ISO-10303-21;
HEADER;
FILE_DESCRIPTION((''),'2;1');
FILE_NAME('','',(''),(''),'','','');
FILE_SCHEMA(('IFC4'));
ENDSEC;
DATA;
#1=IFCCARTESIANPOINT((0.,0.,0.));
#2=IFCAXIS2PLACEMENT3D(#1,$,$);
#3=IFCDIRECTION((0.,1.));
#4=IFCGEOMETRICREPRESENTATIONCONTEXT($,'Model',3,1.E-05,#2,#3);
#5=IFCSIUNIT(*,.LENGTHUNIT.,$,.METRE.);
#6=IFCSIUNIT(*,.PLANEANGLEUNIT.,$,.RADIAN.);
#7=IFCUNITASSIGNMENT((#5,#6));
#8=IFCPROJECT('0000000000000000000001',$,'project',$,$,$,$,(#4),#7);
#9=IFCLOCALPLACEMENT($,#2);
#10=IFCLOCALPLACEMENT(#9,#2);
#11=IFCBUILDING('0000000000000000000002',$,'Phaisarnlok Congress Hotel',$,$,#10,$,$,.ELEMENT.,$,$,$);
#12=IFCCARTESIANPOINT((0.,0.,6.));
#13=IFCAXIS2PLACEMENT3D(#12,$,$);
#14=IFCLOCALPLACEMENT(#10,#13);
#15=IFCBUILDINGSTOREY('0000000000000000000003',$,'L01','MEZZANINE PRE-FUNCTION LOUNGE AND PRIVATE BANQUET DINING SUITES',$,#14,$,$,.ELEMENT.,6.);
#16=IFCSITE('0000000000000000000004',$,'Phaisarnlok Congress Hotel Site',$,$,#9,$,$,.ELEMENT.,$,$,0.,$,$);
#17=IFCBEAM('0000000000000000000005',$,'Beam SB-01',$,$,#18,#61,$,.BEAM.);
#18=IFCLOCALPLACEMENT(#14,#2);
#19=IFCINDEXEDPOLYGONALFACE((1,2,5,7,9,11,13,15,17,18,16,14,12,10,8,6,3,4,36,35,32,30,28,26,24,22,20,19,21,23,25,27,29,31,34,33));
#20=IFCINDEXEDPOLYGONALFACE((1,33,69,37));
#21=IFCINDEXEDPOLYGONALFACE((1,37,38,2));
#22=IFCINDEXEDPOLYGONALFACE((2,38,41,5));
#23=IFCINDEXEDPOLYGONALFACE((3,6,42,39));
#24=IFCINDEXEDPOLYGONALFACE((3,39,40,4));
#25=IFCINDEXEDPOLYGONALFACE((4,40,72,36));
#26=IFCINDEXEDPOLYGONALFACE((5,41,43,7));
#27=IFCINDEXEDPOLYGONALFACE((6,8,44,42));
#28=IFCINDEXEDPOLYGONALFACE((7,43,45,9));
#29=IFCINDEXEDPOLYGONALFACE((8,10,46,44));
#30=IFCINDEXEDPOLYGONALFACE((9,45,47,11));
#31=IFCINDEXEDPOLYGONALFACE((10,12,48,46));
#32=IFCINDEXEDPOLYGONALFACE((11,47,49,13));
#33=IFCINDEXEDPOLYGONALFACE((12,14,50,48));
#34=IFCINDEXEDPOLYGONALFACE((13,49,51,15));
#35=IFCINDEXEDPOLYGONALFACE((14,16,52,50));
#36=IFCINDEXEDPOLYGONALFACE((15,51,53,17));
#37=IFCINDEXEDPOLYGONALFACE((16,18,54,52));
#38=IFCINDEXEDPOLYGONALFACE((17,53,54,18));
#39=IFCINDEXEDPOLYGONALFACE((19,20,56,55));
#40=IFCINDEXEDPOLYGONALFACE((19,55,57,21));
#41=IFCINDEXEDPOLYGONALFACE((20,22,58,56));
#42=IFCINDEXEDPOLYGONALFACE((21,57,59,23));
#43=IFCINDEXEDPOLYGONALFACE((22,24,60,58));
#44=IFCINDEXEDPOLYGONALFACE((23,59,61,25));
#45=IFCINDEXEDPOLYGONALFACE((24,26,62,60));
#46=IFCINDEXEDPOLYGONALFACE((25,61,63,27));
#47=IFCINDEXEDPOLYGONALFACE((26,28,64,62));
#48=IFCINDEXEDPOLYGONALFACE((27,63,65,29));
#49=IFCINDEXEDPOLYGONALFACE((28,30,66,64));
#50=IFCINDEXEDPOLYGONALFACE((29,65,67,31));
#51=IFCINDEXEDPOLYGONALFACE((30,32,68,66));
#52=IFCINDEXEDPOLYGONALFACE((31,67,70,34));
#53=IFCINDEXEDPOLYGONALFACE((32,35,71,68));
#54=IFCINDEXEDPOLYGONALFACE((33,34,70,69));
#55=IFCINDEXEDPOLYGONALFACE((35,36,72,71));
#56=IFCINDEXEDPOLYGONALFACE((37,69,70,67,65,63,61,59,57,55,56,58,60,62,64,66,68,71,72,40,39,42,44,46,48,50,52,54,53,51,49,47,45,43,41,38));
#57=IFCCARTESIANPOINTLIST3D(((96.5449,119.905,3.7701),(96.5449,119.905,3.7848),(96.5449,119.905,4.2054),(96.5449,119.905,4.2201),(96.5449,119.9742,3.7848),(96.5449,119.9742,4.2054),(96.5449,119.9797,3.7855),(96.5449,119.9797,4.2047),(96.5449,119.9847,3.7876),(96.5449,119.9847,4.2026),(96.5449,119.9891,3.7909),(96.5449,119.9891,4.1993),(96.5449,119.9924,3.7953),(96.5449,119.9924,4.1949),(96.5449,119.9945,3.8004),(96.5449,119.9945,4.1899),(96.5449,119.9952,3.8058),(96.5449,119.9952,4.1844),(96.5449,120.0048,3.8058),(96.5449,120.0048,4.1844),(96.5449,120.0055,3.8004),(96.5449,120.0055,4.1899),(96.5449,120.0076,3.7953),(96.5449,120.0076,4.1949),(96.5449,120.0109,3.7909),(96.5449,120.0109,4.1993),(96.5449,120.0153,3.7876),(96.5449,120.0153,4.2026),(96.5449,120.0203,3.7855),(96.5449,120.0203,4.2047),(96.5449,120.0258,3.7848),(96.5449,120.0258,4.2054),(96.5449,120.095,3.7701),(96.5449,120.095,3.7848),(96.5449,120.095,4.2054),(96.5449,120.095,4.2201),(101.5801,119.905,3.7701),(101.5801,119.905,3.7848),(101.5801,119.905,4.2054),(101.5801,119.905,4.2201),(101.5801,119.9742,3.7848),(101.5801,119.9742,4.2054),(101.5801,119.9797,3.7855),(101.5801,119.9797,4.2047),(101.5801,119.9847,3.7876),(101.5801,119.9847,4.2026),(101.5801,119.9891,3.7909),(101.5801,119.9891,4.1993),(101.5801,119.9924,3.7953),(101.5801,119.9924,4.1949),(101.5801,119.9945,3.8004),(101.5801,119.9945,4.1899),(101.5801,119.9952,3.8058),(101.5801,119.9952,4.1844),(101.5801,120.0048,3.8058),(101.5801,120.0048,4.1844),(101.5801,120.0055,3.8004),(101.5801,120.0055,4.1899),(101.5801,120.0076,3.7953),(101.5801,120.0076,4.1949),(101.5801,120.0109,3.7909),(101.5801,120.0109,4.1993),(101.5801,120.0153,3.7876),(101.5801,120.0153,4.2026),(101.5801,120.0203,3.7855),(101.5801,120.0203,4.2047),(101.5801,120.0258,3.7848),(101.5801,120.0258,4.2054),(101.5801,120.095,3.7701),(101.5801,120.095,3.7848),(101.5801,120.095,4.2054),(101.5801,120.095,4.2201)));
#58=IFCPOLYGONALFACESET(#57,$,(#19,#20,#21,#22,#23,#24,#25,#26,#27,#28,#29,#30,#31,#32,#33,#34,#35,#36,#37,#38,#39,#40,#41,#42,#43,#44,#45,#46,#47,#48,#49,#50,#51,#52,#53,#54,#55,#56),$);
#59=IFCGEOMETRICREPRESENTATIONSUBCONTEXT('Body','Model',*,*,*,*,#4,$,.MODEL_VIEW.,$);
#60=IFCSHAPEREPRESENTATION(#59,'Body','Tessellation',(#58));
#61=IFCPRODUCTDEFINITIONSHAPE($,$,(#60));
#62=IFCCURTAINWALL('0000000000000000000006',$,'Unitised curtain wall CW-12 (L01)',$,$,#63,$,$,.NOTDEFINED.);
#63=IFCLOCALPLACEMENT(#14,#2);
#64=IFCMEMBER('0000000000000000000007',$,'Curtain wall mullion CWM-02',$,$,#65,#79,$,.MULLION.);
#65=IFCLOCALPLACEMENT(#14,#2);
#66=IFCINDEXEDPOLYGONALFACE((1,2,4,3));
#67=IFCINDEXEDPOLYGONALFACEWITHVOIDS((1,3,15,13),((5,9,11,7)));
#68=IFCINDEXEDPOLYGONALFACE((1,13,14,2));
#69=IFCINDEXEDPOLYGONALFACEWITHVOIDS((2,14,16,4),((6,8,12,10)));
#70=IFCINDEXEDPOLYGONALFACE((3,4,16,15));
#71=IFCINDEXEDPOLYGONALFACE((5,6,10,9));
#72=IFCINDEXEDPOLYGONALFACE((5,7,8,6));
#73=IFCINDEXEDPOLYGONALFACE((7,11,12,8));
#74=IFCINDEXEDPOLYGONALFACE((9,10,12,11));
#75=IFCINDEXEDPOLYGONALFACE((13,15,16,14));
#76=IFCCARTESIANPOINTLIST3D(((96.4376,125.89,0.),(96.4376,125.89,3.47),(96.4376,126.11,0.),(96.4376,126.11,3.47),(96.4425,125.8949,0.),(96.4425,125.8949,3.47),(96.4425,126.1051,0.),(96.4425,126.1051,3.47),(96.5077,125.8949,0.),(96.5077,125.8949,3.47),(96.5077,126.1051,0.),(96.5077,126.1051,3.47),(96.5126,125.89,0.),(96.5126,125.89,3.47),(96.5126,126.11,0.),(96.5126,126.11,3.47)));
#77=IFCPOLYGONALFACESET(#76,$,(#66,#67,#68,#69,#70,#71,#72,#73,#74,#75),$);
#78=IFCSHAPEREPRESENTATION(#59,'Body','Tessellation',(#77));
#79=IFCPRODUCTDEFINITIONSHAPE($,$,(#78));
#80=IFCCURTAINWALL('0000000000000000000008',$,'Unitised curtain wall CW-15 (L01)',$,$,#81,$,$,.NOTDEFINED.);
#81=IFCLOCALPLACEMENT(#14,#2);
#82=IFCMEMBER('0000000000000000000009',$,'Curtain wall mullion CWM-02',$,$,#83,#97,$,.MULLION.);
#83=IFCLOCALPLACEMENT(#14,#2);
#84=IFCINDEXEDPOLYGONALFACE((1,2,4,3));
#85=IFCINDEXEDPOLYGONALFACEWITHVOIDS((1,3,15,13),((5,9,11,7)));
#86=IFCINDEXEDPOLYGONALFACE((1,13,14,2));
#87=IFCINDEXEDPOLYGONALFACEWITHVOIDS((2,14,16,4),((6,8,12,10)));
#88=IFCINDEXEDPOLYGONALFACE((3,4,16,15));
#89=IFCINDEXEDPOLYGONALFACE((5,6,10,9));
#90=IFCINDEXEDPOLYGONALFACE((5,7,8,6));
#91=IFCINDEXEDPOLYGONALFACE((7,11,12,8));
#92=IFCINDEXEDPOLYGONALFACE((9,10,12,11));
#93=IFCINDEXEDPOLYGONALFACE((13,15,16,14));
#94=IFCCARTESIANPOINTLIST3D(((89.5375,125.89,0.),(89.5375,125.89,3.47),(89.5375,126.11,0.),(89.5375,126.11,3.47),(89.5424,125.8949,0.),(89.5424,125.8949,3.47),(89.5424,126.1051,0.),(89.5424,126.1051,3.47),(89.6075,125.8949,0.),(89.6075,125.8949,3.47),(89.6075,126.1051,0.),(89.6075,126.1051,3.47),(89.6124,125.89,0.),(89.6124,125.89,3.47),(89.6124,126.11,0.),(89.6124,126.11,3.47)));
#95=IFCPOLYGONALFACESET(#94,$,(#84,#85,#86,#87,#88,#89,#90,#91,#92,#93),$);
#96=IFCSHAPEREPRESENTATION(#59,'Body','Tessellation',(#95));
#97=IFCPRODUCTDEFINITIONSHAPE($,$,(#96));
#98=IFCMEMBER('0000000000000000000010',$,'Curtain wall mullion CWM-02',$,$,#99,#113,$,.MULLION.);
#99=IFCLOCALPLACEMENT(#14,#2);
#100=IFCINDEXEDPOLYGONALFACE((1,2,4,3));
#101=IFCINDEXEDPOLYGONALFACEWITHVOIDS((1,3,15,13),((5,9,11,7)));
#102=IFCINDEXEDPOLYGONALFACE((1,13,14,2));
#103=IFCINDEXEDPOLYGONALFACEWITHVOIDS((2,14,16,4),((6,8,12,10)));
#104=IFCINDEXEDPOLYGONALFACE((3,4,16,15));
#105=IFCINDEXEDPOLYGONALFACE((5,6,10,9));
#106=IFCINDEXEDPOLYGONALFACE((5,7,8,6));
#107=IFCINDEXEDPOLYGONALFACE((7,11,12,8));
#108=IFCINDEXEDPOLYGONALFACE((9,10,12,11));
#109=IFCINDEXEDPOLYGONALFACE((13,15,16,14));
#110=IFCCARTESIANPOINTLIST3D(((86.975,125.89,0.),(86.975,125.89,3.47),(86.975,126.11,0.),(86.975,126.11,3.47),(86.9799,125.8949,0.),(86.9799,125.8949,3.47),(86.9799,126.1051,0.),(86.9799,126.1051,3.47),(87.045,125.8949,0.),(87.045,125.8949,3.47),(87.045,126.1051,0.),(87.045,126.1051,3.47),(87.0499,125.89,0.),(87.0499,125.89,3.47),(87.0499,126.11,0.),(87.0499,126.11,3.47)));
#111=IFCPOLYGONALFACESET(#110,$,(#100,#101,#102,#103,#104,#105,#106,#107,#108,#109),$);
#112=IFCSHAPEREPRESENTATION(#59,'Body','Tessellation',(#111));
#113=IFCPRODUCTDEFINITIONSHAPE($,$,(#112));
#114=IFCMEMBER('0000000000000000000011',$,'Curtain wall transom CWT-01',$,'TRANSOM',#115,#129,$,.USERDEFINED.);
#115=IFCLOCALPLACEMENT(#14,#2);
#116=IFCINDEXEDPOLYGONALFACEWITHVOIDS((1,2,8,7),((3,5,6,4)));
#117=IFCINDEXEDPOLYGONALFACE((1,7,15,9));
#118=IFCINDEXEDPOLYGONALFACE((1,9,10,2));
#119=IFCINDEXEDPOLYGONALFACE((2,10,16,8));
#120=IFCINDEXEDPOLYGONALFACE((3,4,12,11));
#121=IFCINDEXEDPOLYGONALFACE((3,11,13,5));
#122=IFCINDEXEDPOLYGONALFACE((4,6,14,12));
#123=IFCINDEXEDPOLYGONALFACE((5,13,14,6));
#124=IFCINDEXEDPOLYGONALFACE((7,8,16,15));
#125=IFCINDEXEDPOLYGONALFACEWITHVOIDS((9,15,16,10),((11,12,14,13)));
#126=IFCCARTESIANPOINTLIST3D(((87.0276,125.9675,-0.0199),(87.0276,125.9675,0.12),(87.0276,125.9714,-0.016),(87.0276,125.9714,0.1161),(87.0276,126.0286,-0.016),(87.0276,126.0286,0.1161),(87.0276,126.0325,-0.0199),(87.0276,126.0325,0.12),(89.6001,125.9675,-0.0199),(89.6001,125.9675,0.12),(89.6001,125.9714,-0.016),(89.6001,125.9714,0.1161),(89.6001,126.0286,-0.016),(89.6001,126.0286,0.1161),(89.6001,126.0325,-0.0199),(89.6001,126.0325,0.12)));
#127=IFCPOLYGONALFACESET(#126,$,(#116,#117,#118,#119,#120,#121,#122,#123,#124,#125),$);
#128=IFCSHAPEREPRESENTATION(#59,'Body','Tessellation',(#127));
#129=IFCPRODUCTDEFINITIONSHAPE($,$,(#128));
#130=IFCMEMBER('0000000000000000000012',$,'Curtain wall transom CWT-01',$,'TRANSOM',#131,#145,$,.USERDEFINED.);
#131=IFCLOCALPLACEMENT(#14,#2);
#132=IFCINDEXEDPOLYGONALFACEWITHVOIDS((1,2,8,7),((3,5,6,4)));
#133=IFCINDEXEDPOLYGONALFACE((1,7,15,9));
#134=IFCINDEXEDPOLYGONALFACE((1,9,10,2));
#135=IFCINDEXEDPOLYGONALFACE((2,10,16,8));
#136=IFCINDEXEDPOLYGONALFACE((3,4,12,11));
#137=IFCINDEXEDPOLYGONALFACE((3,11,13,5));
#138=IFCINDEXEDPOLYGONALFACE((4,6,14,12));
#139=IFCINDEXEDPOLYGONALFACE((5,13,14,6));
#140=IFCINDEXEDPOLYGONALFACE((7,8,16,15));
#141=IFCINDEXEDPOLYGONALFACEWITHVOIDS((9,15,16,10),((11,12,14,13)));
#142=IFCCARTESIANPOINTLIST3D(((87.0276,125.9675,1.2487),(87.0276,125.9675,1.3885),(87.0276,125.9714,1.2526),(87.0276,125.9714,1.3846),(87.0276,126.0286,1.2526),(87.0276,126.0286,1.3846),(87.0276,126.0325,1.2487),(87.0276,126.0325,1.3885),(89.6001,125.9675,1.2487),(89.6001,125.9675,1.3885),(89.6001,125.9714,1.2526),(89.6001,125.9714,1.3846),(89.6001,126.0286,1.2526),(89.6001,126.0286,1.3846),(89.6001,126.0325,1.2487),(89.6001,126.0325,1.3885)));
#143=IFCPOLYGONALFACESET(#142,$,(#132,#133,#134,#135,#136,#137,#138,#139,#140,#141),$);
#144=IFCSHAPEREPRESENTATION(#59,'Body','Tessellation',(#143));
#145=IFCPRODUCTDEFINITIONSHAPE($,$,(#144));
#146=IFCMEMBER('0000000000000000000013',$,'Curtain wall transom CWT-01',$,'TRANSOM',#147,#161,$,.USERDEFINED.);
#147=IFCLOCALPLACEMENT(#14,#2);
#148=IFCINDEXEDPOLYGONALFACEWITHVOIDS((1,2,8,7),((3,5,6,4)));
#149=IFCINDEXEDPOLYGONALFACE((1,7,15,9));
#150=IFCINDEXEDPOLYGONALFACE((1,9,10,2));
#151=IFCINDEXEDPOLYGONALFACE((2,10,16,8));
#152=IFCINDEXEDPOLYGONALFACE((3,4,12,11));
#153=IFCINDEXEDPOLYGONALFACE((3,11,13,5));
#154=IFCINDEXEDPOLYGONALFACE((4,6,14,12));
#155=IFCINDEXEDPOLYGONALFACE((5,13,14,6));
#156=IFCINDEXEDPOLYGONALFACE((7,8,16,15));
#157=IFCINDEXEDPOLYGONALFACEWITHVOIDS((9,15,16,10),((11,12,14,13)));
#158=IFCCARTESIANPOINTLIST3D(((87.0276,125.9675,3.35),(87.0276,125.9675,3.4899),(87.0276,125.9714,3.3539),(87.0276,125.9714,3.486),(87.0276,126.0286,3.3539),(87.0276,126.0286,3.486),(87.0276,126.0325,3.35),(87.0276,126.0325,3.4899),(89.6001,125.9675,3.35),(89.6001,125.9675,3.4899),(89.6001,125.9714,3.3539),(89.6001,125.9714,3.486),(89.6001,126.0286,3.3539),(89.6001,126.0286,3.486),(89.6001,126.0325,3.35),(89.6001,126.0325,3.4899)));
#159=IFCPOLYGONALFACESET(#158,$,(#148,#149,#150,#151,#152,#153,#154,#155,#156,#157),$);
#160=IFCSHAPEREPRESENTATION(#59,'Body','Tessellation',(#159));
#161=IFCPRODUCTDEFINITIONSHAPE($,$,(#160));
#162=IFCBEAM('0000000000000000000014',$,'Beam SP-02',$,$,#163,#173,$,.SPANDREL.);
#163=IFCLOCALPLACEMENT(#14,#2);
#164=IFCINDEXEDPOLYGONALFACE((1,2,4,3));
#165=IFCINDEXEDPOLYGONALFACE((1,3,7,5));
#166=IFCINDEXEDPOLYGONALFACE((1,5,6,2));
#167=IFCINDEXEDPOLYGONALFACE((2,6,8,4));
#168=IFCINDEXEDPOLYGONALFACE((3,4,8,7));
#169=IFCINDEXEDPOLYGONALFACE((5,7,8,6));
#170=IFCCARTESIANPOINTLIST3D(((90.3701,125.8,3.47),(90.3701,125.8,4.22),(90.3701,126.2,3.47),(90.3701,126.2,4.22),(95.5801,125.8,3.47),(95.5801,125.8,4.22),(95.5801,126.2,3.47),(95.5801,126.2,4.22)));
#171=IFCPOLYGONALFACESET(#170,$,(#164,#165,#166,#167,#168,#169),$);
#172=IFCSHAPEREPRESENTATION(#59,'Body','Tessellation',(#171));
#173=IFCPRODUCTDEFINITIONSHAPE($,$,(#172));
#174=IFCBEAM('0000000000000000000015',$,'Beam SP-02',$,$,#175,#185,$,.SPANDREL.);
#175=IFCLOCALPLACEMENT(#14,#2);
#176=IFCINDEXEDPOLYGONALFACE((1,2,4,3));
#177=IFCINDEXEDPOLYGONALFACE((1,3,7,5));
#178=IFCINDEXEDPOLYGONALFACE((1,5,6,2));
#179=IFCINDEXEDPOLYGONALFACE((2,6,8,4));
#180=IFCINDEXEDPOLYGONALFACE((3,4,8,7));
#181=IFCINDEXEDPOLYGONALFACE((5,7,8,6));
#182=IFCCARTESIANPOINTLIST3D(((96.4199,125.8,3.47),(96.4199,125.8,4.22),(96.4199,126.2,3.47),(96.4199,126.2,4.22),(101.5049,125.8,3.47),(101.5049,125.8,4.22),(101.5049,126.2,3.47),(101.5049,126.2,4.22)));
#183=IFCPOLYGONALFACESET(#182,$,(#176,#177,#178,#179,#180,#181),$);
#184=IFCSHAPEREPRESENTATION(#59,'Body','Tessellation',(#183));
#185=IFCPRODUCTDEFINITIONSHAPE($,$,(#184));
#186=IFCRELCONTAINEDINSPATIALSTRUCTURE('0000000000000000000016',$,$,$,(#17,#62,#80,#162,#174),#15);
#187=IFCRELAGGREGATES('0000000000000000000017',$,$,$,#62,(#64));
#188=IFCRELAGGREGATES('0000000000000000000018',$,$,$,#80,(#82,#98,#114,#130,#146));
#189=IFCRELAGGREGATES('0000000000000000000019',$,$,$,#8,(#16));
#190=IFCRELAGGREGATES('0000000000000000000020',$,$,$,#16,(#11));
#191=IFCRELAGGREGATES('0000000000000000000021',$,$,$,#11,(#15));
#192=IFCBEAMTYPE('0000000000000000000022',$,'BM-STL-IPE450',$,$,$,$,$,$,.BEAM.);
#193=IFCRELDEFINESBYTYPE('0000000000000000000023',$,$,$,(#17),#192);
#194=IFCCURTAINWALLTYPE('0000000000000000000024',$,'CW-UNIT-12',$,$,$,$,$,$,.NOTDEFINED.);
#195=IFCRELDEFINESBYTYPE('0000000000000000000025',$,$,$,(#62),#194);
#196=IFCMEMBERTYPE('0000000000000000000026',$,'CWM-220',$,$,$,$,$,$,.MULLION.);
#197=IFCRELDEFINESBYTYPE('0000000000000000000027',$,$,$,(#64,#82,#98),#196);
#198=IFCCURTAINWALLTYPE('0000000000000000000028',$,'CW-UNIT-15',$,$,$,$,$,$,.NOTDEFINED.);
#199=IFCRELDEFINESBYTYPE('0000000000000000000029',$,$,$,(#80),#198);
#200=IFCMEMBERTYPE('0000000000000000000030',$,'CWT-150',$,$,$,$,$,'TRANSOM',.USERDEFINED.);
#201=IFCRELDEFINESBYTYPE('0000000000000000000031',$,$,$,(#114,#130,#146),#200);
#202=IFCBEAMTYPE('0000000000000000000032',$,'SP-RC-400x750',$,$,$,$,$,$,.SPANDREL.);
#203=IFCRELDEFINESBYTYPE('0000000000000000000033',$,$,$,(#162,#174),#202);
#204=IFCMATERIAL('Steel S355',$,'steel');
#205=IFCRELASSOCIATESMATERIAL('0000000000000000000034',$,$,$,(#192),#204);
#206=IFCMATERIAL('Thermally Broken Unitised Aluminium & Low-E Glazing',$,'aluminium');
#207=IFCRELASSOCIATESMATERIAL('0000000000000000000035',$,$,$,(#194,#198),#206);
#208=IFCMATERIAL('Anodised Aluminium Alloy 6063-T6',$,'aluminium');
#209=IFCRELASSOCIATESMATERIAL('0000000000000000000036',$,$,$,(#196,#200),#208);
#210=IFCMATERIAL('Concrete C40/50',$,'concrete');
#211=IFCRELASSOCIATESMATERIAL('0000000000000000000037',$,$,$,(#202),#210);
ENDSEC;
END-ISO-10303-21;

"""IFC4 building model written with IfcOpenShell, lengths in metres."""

from ifc_helpers import new_model, si_unit, direction, frame, origin, origin_2d, place, context, subcontext, project, spatial, rectangle, hollow_rectangle, i_section, extrude, material, material_profile, profile_set, type_object, element, aggregate, save


model = new_model("IFC4")

# Units and contexts
model_context = context("Model", 3, precision=1e-05, world=origin(), true_north=direction((0.0, 1.0)))
body_context = subcontext(model_context, "Body", "Model", "MODEL_VIEW")
ifc_project = project(units=[si_unit("LENGTHUNIT", "METRE"), si_unit("PLANEANGLEUNIT", "RADIAN")], contexts=[model_context])

# Site, building, storey
site_placement = place(None, origin())
site = spatial("IfcSite", under=ifc_project, at=site_placement, Name="Phaisarnlok Congress Hotel Site", CompositionType="ELEMENT", RefElevation=0.0)
building_placement = place(site_placement, origin())
building = spatial("IfcBuilding", under=site, at=building_placement, Name="Phaisarnlok Congress Hotel", CompositionType="ELEMENT")
storey_placement = place(building_placement, frame((0.0, 0.0, 6.0)))
storey = spatial("IfcBuildingStorey", under=building, at=storey_placement, Name="L01", Description="MEZZANINE PRE-FUNCTION LOUNGE AND PRIVATE BANQUET DINING SUITES", CompositionType="ELEMENT", Elevation=6.0)

# Beam
ifc_material_1 = material(Name="Concrete C40/50", Category="concrete")
ifc_material_2 = material(Name="Steel S355", Category="steel")
ifc_material_profile_1 = material_profile(ifc_material_2, i_section(OverallWidth=0.1899, OverallDepth=0.45, WebThickness=0.0095, FlangeThickness=0.0146, FilletRadius=0.021, at=origin_2d()), Name="IPE 450")
ifc_profile_set_1 = profile_set([ifc_material_profile_1], Name="Steel S355")
beam_type_1 = type_object("IfcBeamType", Name="BM-STL-IPE450", PredefinedType="BEAM", material=ifc_profile_set_1)
beam_1_placement = place(storey_placement, frame((96.5449, 120.0, 3.9951), z_axis=(1.0, 0.0, 0.0), x_axis=(0.0, 1.0, 0.0)))
element("IfcBeam", 1, at=beam_1_placement, inside=storey, type_object=beam_type_1, Name="Beam SB-01", PredefinedType="BEAM", context=body_context, shape_type="SweptSolid", body=[
    extrude(i_section(OverallWidth=0.1899, OverallDepth=0.45, WebThickness=0.0095, FlangeThickness=0.0146, FilletRadius=0.021, at=origin_2d()), origin(), (0.0, 0.0, 1.0), 5.0352),
])

# Curtain wall, member
ifc_material_3 = material(Name="Thermally Broken Unitised Aluminium & Low-E Glazing", Category="aluminium")
curtain_wall_type_1 = type_object("IfcCurtainWallType", Name="CW-UNIT-12", PredefinedType="NOTDEFINED", material=ifc_material_3)
curtain_wall_1_placement = place(storey_placement, origin())
curtain_wall_1 = element("IfcCurtainWall", 2, at=curtain_wall_1_placement, inside=storey, type_object=curtain_wall_type_1, Name="Unitised curtain wall CW-12 (L01)", PredefinedType="NOTDEFINED")
ifc_material_4 = material(Name="Anodised Aluminium Alloy 6063-T6", Category="aluminium")
ifc_material_profile_2 = material_profile(ifc_material_4, hollow_rectangle(XDim=0.075, YDim=0.22, WallThickness=0.0049, at=origin_2d()), Name="ALU-M 75x220x5")
ifc_profile_set_2 = profile_set([ifc_material_profile_2], Name="Anodised Aluminium Alloy 6063-T6")
member_type_1 = type_object("IfcMemberType", Name="CWM-220", PredefinedType="MULLION", material=ifc_profile_set_2)
member_1_placement = place(storey_placement, frame((96.4751, 126.0, 0.0), z_axis=(0.0, 0.0, 1.0), x_axis=(-1.0, 0.0, 0.0)))
member_1 = element("IfcMember", 3, at=member_1_placement, type_object=member_type_1, Name="Curtain wall mullion CWM-02", PredefinedType="MULLION", context=body_context, shape_type="SweptSolid", body=[
    extrude(hollow_rectangle(XDim=0.075, YDim=0.22, WallThickness=0.0049, at=origin_2d()), origin(), (0.0, 0.0, 1.0), 3.47),
])
aggregate(curtain_wall_1, [member_1])

# Curtain wall, members
curtain_wall_type_2 = type_object("IfcCurtainWallType", Name="CW-UNIT-15", PredefinedType="NOTDEFINED", material=ifc_material_3)
curtain_wall_2_placement = place(storey_placement, origin())
curtain_wall_2 = element("IfcCurtainWall", 4, at=curtain_wall_2_placement, inside=storey, type_object=curtain_wall_type_2, Name="Unitised curtain wall CW-15 (L01)", PredefinedType="NOTDEFINED")
member_2_placement = place(storey_placement, frame((89.575, 126.0, 0.0), z_axis=(0.0, 0.0, 1.0), x_axis=(-1.0, 0.0, 0.0)))
member_2 = element("IfcMember", 5, at=member_2_placement, type_object=member_type_1, Name="Curtain wall mullion CWM-02", PredefinedType="MULLION", context=body_context, shape_type="SweptSolid", body=[
    extrude(hollow_rectangle(XDim=0.075, YDim=0.22, WallThickness=0.0049, at=origin_2d()), origin(), (0.0, 0.0, 1.0), 3.47),
])
member_3_placement = place(storey_placement, frame((87.0125, 126.0, 0.0), z_axis=(0.0, 0.0, 1.0), x_axis=(-1.0, 0.0, 0.0)))
member_3 = element("IfcMember", 6, at=member_3_placement, type_object=member_type_1, Name="Curtain wall mullion CWM-02", PredefinedType="MULLION", context=body_context, shape_type="SweptSolid", body=[
    extrude(hollow_rectangle(XDim=0.075, YDim=0.22, WallThickness=0.0049, at=origin_2d()), origin(), (0.0, 0.0, 1.0), 3.47),
])
ifc_material_profile_3 = material_profile(ifc_material_4, hollow_rectangle(XDim=0.0649, YDim=0.1399, WallThickness=0.0039, at=origin_2d()), Name="ALU-T 65x140x4")
ifc_profile_set_3 = profile_set([ifc_material_profile_3], Name="Anodised Aluminium Alloy 6063-T6")
member_type_2 = type_object("IfcMemberType", Name="CWT-150", ElementType="TRANSOM", PredefinedType="USERDEFINED", material=ifc_profile_set_3)
member_4_placement = place(storey_placement, frame((89.6001, 126.0, 0.05), z_axis=(-1.0, 0.0, 0.0), x_axis=(0.0, -1.0, 0.0)))
member_4 = element("IfcMember", 7, at=member_4_placement, type_object=member_type_2, Name="Curtain wall transom CWT-01", ObjectType="TRANSOM", PredefinedType="USERDEFINED", context=body_context, shape_type="SweptSolid", body=[
    extrude(hollow_rectangle(XDim=0.0649, YDim=0.1399, WallThickness=0.0039, at=origin_2d()), origin(), (0.0, 0.0, 1.0), 2.5725),
])
member_5_placement = place(storey_placement, frame((89.6001, 126.0, 1.3186), z_axis=(-1.0, 0.0, 0.0), x_axis=(0.0, -1.0, 0.0)))
member_5 = element("IfcMember", 8, at=member_5_placement, type_object=member_type_2, Name="Curtain wall transom CWT-01", ObjectType="TRANSOM", PredefinedType="USERDEFINED", context=body_context, shape_type="SweptSolid", body=[
    extrude(hollow_rectangle(XDim=0.0649, YDim=0.1399, WallThickness=0.0039, at=origin_2d()), origin(), (0.0, 0.0, 1.0), 2.5725),
])
member_6_placement = place(storey_placement, frame((89.6001, 126.0, 3.4199), z_axis=(-1.0, 0.0, 0.0), x_axis=(0.0, -1.0, 0.0)))
member_6 = element("IfcMember", 9, at=member_6_placement, type_object=member_type_2, Name="Curtain wall transom CWT-01", ObjectType="TRANSOM", PredefinedType="USERDEFINED", context=body_context, shape_type="SweptSolid", body=[
    extrude(hollow_rectangle(XDim=0.0649, YDim=0.1399, WallThickness=0.0039, at=origin_2d()), origin(), (0.0, 0.0, 1.0), 2.5725),
])

# Beams
ifc_material_profile_4 = material_profile(ifc_material_1, rectangle(XDim=0.3999, YDim=0.75, at=origin_2d()), Name="RC 400x750")
ifc_profile_set_4 = profile_set([ifc_material_profile_4], Name="Concrete C40/50")
beam_type_2 = type_object("IfcBeamType", Name="SP-RC-400x750", PredefinedType="SPANDREL", material=ifc_profile_set_4)
beam_2_placement = place(storey_placement, frame((90.3701, 126.0, 3.845), z_axis=(1.0, 0.0, 0.0), x_axis=(0.0, 1.0, 0.0)))
element("IfcBeam", 10, at=beam_2_placement, inside=storey, type_object=beam_type_2, Name="Beam SP-02", PredefinedType="SPANDREL", context=body_context, shape_type="SweptSolid", body=[
    extrude(rectangle(XDim=0.3999, YDim=0.75, at=origin_2d()), origin(), (0.0, 0.0, 1.0), 5.21),
])
beam_3_placement = place(storey_placement, frame((96.4199, 126.0, 3.845), z_axis=(1.0, 0.0, 0.0), x_axis=(0.0, 1.0, 0.0)))
element("IfcBeam", 11, at=beam_3_placement, inside=storey, type_object=beam_type_2, Name="Beam SP-02", PredefinedType="SPANDREL", context=body_context, shape_type="SweptSolid", body=[
    extrude(rectangle(XDim=0.3999, YDim=0.75, at=origin_2d()), origin(), (0.0, 0.0, 1.0), 5.085),
])

aggregate(curtain_wall_2, [member_2, member_3, member_4, member_5, member_6])

save(model, "model.ifc")
